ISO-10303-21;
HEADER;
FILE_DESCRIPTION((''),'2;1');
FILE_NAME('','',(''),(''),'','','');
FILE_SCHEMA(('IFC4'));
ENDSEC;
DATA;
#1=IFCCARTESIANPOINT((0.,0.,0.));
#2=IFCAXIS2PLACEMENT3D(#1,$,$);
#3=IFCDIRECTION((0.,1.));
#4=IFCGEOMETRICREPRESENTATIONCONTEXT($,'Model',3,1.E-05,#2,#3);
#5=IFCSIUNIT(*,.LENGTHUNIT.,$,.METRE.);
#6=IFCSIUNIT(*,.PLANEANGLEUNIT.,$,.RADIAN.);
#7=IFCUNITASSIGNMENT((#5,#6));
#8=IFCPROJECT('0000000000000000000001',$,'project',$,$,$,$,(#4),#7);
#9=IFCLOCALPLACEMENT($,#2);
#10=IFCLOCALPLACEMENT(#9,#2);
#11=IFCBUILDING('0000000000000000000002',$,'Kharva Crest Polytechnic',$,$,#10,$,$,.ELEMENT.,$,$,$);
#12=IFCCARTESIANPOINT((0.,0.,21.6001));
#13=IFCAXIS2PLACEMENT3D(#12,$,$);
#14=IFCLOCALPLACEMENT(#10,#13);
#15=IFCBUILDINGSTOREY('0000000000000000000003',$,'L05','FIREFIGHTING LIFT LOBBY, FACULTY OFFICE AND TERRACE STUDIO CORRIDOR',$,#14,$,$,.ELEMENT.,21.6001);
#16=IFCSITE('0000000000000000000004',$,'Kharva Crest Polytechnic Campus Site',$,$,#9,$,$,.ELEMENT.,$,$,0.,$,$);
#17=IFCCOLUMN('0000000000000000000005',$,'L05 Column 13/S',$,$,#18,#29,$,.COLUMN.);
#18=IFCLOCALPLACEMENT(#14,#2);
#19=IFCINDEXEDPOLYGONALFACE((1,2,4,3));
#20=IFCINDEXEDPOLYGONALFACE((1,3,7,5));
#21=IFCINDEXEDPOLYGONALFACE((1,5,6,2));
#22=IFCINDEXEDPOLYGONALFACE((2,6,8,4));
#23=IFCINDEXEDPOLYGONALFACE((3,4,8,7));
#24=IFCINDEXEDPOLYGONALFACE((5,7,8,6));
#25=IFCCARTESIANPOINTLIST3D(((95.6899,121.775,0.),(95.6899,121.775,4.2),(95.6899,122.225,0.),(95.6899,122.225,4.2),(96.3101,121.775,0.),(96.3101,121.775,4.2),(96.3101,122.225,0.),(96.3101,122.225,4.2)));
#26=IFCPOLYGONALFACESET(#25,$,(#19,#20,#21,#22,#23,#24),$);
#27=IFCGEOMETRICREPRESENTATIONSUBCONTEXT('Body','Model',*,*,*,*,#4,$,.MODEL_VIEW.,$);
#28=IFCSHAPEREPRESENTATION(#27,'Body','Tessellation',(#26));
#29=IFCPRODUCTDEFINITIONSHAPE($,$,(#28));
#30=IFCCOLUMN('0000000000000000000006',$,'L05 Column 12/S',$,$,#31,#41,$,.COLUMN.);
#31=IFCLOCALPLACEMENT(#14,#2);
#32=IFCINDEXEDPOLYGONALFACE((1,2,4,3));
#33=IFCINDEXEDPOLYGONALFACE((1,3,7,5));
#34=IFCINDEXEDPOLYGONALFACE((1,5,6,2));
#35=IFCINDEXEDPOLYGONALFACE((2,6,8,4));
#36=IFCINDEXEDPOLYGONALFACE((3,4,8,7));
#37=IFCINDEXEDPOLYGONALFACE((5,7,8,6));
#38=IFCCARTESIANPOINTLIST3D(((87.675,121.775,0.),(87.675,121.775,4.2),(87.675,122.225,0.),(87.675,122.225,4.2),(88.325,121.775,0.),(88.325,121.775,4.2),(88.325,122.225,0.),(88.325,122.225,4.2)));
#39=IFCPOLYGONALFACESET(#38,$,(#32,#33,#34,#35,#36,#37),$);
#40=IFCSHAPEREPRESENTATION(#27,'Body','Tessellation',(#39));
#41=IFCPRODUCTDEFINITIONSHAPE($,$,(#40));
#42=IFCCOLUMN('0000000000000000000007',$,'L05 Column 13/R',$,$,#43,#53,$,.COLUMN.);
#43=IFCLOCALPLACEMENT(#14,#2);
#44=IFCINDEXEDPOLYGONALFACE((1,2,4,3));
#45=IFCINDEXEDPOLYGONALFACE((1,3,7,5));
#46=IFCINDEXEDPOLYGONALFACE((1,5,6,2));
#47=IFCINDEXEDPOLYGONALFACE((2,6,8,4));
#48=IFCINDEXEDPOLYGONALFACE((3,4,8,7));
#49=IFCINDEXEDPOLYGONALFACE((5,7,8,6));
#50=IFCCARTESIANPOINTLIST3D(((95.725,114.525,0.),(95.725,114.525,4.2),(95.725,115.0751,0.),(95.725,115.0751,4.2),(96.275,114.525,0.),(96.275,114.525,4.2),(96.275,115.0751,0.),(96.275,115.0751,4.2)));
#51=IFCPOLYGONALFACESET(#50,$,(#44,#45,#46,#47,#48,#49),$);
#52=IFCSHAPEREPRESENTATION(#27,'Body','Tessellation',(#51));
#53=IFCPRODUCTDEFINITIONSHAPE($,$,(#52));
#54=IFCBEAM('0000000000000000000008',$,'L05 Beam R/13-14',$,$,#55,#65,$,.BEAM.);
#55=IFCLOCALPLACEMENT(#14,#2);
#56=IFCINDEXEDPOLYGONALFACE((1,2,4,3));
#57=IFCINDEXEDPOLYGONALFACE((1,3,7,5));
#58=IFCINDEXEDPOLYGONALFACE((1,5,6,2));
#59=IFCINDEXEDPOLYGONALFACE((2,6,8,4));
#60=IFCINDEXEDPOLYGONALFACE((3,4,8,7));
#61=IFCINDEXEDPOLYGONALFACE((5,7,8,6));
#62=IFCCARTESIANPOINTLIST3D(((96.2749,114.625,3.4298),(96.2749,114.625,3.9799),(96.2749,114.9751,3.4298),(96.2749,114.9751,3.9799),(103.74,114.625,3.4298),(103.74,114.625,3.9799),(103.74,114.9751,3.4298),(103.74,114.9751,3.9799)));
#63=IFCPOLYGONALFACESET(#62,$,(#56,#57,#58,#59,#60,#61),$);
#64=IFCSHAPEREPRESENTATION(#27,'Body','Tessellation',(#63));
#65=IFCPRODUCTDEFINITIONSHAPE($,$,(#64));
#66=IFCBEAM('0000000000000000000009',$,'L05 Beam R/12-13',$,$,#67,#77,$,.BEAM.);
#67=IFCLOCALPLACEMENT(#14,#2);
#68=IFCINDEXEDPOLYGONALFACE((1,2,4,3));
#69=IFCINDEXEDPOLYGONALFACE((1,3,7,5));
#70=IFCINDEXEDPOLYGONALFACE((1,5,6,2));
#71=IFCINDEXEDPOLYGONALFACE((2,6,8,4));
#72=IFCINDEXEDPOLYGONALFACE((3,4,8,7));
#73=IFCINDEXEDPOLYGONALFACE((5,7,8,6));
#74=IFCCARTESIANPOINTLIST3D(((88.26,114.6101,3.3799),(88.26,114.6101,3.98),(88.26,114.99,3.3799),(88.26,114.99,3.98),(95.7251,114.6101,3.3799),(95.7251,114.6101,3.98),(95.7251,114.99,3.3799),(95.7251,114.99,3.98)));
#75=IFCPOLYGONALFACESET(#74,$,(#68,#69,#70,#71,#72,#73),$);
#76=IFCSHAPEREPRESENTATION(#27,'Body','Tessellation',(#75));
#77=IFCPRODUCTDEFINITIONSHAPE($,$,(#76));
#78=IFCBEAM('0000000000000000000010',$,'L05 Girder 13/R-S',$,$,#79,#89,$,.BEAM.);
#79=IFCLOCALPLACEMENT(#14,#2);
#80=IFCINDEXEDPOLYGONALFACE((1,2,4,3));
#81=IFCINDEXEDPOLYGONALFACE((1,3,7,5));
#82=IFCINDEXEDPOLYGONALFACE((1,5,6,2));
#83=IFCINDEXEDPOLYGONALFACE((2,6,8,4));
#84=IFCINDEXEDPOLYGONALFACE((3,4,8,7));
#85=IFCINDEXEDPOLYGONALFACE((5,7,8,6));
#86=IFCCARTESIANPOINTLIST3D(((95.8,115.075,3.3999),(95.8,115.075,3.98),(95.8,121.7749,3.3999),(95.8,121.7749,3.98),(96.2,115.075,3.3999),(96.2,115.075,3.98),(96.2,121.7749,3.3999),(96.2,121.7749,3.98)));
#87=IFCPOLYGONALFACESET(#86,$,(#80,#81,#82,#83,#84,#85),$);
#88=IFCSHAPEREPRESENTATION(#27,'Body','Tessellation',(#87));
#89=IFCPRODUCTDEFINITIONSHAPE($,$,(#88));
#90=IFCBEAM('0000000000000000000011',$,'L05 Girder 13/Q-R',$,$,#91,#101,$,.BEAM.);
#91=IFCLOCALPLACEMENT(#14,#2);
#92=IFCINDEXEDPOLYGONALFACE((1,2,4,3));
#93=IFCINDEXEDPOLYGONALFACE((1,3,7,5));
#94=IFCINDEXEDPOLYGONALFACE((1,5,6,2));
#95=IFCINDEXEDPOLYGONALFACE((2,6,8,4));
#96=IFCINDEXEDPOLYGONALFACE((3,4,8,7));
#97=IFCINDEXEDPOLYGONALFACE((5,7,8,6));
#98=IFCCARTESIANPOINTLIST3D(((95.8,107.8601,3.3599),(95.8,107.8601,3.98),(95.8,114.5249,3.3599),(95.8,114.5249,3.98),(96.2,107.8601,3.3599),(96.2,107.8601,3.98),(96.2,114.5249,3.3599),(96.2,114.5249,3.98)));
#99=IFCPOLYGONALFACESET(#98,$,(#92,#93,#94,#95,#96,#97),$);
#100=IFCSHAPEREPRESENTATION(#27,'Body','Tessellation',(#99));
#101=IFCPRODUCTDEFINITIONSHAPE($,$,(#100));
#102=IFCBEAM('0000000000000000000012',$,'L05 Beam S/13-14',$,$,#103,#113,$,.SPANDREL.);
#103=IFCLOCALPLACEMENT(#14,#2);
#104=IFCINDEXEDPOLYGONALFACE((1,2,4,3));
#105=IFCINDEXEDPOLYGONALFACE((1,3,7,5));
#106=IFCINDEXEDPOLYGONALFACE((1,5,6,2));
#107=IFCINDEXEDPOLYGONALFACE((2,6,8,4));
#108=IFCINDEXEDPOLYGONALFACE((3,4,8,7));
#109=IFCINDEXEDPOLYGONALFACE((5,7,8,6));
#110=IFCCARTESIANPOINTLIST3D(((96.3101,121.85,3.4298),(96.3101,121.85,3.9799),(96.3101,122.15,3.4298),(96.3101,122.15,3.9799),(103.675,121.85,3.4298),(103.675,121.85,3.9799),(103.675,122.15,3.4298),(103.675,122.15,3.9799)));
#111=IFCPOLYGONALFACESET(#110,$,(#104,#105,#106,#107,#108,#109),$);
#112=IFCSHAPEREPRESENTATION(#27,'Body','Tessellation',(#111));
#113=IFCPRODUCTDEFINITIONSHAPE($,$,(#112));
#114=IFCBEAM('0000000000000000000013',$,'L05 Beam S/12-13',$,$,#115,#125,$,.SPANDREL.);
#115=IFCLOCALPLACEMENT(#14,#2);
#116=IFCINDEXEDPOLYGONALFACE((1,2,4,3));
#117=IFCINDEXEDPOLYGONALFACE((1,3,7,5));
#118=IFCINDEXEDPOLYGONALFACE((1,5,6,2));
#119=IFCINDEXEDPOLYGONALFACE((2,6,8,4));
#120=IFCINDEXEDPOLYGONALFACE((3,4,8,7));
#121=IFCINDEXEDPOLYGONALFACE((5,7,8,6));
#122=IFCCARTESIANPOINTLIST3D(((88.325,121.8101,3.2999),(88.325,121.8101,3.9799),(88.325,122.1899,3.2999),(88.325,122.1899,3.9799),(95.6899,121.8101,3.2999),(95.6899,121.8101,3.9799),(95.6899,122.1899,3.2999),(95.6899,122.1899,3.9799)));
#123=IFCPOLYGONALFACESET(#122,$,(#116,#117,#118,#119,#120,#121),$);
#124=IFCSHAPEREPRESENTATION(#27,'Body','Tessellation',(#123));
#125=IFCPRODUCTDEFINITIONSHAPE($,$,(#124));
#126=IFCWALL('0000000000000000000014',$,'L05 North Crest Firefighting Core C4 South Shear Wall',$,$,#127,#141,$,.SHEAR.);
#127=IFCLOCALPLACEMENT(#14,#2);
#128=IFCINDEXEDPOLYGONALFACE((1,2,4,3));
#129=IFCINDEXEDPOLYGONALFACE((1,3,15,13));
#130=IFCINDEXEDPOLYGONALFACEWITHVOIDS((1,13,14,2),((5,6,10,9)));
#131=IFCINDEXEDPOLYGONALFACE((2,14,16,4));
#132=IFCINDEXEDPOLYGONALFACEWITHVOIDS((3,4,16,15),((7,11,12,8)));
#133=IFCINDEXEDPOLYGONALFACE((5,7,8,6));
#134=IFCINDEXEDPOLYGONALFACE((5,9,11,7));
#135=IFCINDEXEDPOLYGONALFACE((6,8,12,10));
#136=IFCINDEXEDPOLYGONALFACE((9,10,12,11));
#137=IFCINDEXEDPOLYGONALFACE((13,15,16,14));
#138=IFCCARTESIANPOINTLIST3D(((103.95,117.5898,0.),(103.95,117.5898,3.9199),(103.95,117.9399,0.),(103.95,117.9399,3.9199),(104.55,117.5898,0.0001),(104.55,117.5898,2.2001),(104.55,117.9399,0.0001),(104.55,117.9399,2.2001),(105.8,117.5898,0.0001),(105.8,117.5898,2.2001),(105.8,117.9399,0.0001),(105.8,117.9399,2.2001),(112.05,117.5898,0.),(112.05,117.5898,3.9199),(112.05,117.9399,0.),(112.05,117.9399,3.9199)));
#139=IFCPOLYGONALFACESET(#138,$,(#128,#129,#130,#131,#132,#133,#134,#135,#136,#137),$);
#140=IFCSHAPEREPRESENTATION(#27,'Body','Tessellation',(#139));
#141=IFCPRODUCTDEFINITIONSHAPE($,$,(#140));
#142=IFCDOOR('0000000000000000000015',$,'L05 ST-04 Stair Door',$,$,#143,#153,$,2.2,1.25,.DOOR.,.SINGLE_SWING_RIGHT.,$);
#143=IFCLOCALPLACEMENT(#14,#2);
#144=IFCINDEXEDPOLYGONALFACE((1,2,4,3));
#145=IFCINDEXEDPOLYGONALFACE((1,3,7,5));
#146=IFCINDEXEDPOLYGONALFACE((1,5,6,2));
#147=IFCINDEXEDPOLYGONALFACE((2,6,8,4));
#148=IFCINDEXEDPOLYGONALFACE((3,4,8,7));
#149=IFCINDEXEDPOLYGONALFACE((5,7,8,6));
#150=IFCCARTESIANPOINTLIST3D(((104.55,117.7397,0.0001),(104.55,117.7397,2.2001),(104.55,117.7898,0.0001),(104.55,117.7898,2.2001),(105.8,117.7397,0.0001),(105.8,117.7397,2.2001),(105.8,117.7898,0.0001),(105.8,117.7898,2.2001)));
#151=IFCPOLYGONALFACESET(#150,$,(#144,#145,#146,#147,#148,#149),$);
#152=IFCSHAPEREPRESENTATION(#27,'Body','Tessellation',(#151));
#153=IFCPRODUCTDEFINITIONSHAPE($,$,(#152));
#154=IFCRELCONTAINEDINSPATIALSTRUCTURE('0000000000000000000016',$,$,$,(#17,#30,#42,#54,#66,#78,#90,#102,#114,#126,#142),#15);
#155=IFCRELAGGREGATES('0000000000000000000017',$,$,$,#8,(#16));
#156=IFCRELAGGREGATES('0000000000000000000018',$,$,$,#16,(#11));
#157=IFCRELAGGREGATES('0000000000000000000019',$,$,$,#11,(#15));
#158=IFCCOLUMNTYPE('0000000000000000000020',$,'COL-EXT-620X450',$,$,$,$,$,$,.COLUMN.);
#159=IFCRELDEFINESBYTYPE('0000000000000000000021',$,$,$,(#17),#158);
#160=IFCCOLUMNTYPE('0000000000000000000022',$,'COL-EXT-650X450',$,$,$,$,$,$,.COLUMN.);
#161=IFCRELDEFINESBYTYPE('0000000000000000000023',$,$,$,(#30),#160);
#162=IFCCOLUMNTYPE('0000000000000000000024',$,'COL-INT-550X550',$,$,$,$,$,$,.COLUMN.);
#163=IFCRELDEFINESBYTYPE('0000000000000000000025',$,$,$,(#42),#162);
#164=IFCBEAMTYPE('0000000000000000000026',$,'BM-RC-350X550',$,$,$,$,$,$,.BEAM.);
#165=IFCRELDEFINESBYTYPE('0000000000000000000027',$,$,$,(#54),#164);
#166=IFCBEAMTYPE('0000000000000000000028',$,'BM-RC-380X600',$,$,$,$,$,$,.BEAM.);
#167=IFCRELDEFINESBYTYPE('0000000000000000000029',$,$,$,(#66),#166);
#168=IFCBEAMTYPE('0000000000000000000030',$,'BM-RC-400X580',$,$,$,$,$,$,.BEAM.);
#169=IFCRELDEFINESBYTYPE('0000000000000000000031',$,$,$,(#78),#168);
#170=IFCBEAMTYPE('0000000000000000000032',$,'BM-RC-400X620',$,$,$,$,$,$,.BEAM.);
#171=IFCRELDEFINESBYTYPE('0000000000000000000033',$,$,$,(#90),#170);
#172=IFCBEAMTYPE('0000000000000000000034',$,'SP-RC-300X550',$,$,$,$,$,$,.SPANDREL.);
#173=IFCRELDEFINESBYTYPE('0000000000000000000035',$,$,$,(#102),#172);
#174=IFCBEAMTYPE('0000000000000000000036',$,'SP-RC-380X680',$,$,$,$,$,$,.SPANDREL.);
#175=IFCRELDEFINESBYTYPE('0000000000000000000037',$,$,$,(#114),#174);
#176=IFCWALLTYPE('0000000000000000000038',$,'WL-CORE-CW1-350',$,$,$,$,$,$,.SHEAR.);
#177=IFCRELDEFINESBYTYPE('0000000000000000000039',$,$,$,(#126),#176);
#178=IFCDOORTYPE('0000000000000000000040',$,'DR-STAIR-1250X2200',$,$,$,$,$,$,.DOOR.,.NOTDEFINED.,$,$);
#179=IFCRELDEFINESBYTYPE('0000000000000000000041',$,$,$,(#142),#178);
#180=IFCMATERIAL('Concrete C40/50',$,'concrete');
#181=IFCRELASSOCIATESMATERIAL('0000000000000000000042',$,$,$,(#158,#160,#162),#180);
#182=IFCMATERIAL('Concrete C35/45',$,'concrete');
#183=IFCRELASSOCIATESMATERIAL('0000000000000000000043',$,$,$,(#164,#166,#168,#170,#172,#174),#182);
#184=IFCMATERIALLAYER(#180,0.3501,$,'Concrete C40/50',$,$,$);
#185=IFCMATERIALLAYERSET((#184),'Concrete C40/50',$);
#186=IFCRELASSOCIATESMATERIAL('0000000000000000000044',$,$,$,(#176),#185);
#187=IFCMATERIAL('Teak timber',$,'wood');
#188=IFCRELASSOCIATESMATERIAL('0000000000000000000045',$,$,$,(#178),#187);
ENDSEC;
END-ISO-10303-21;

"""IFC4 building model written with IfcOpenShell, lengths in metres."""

from ifc_helpers import new_model, si_unit, direction, frame, frame_2d, origin, origin_2d, place, context, subcontext, project, spatial, rectangle, extrude, material, layer, layer_set, material_profile, profile_set, type_object, element, fill, save


model = new_model("IFC4")

# Units and contexts
model_context = context("Model", 3, precision=1e-05, world=origin(), true_north=direction((0.0, 1.0)))
body_context = subcontext(model_context, "Body", "Model", "MODEL_VIEW")
ifc_project = project(units=[si_unit("LENGTHUNIT", "METRE"), si_unit("PLANEANGLEUNIT", "RADIAN")], contexts=[model_context])

# Site, building, storey
site_placement = place(None, origin())
site = spatial("IfcSite", under=ifc_project, at=site_placement, Name="Kharva Crest Polytechnic Campus Site", CompositionType="ELEMENT", RefElevation=0.0)
building_placement = place(site_placement, origin())
building = spatial("IfcBuilding", under=site, at=building_placement, Name="Kharva Crest Polytechnic", CompositionType="ELEMENT")
storey_placement = place(building_placement, frame((0.0, 0.0, 21.6001)))
storey = spatial("IfcBuildingStorey", under=building, at=storey_placement, Name="L05", Description="FIREFIGHTING LIFT LOBBY, FACULTY OFFICE AND TERRACE STUDIO CORRIDOR", CompositionType="ELEMENT", Elevation=21.6001)

# Columns
ifc_material_1 = material(Name="Concrete C40/50", Category="concrete")
ifc_material_profile_1 = material_profile(ifc_material_1, rectangle(XDim=0.6201, YDim=0.45, at=origin_2d()), Name="RECT 620 X 450")
ifc_profile_set_1 = profile_set([ifc_material_profile_1], Name="Concrete C40/50")
column_type_1 = type_object("IfcColumnType", Name="COL-EXT-620X450", PredefinedType="COLUMN", material=ifc_profile_set_1)
column_1_placement = place(storey_placement, frame((96.0, 122.0, 0.0), z_axis=(0.0, 0.0, 1.0), x_axis=(1.0, 0.0, 0.0)))
element("IfcColumn", 1, at=column_1_placement, inside=storey, type_object=column_type_1, Name="L05 Column 13/S", PredefinedType="COLUMN", context=body_context, shape_type="SweptSolid", body=[
    extrude(rectangle(XDim=0.6201, YDim=0.45, at=origin_2d()), origin(), (0.0, 0.0, 1.0), 4.2),
])
ifc_material_profile_2 = material_profile(ifc_material_1, rectangle(XDim=0.6499, YDim=0.45, at=origin_2d()), Name="RECT 650 X 450")
ifc_profile_set_2 = profile_set([ifc_material_profile_2], Name="Concrete C40/50")
column_type_2 = type_object("IfcColumnType", Name="COL-EXT-650X450", PredefinedType="COLUMN", material=ifc_profile_set_2)
column_2_placement = place(storey_placement, frame((88.0, 122.0, 0.0), z_axis=(0.0, 0.0, 1.0), x_axis=(1.0, 0.0, 0.0)))
element("IfcColumn", 2, at=column_2_placement, inside=storey, type_object=column_type_2, Name="L05 Column 12/S", PredefinedType="COLUMN", context=body_context, shape_type="SweptSolid", body=[
    extrude(rectangle(XDim=0.6499, YDim=0.45, at=origin_2d()), origin(), (0.0, 0.0, 1.0), 4.2),
])
ifc_material_profile_3 = material_profile(ifc_material_1, rectangle(XDim=0.55, YDim=0.55, at=origin_2d()), Name="RECT 550 X 550")
ifc_profile_set_3 = profile_set([ifc_material_profile_3], Name="Concrete C40/50")
column_type_3 = type_object("IfcColumnType", Name="COL-INT-550X550", PredefinedType="COLUMN", material=ifc_profile_set_3)
column_3_placement = place(storey_placement, frame((96.0, 114.8, 0.0), z_axis=(0.0, 0.0, 1.0), x_axis=(1.0, 0.0, 0.0)))
element("IfcColumn", 3, at=column_3_placement, inside=storey, type_object=column_type_3, Name="L05 Column 13/R", PredefinedType="COLUMN", context=body_context, shape_type="SweptSolid", body=[
    extrude(rectangle(XDim=0.55, YDim=0.55, at=origin_2d()), origin(), (0.0, 0.0, 1.0), 4.2),
])

# Beams
ifc_material_2 = material(Name="Concrete C35/45", Category="concrete")
ifc_material_profile_4 = material_profile(ifc_material_2, rectangle(XDim=0.3501, YDim=0.55, at=origin_2d()), Name="RECT 350 X 550")
ifc_profile_set_4 = profile_set([ifc_material_profile_4], Name="Concrete C35/45")
beam_type_1 = type_object("IfcBeamType", Name="BM-RC-350X550", PredefinedType="BEAM", material=ifc_profile_set_4)
beam_1_placement = place(storey_placement, frame((96.2749, 114.8, 3.7048), z_axis=(1.0, 0.0, 0.0), x_axis=(0.0, 1.0, 0.0)))
element("IfcBeam", 4, at=beam_1_placement, inside=storey, type_object=beam_type_1, Name="L05 Beam R/13-14", PredefinedType="BEAM", context=body_context, shape_type="SweptSolid", body=[
    extrude(rectangle(XDim=0.3501, YDim=0.55, at=origin_2d()), origin(), (0.0, 0.0, 1.0), 7.4651),
])
ifc_material_profile_5 = material_profile(ifc_material_2, rectangle(XDim=0.3799, YDim=0.6001, at=origin_2d()), Name="RECT 380 X 600")
ifc_profile_set_5 = profile_set([ifc_material_profile_5], Name="Concrete C35/45")
beam_type_2 = type_object("IfcBeamType", Name="BM-RC-380X600", PredefinedType="BEAM", material=ifc_profile_set_5)
beam_2_placement = place(storey_placement, frame((88.26, 114.8, 3.6799), z_axis=(1.0, 0.0, 0.0), x_axis=(0.0, 1.0, 0.0)))
element("IfcBeam", 5, at=beam_2_placement, inside=storey, type_object=beam_type_2, Name="L05 Beam R/12-13", PredefinedType="BEAM", context=body_context, shape_type="SweptSolid", body=[
    extrude(rectangle(XDim=0.3799, YDim=0.6001, at=origin_2d()), origin(), (0.0, 0.0, 1.0), 7.4651),
])
ifc_material_profile_6 = material_profile(ifc_material_2, rectangle(XDim=0.3999, YDim=0.5801, at=origin_2d()), Name="RECT 400 X 580")
ifc_profile_set_6 = profile_set([ifc_material_profile_6], Name="Concrete C35/45")
beam_type_3 = type_object("IfcBeamType", Name="BM-RC-400X580", PredefinedType="BEAM", material=ifc_profile_set_6)
beam_3_placement = place(storey_placement, frame((96.0, 115.075, 3.6899), z_axis=(0.0, 1.0, 0.0), x_axis=(-1.0, 0.0, 0.0)))
element("IfcBeam", 6, at=beam_3_placement, inside=storey, type_object=beam_type_3, Name="L05 Girder 13/R-S", PredefinedType="BEAM", context=body_context, shape_type="SweptSolid", body=[
    extrude(rectangle(XDim=0.3999, YDim=0.5801, at=origin_2d()), origin(), (0.0, 0.0, 1.0), 6.7),
])
ifc_material_profile_7 = material_profile(ifc_material_2, rectangle(XDim=0.3999, YDim=0.6201, at=origin_2d()), Name="RECT 400 X 620")
ifc_profile_set_7 = profile_set([ifc_material_profile_7], Name="Concrete C35/45")
beam_type_4 = type_object("IfcBeamType", Name="BM-RC-400X620", PredefinedType="BEAM", material=ifc_profile_set_7)
beam_4_placement = place(storey_placement, frame((96.0, 107.8601, 3.6699), z_axis=(0.0, 1.0, 0.0), x_axis=(-1.0, 0.0, 0.0)))
element("IfcBeam", 7, at=beam_4_placement, inside=storey, type_object=beam_type_4, Name="L05 Girder 13/Q-R", PredefinedType="BEAM", context=body_context, shape_type="SweptSolid", body=[
    extrude(rectangle(XDim=0.3999, YDim=0.6201, at=origin_2d()), origin(), (0.0, 0.0, 1.0), 6.6648),
])
ifc_material_profile_8 = material_profile(ifc_material_2, rectangle(XDim=0.3, YDim=0.55, at=origin_2d()), Name="RECT 300 X 550")
ifc_profile_set_8 = profile_set([ifc_material_profile_8], Name="Concrete C35/45")
beam_type_5 = type_object("IfcBeamType", Name="SP-RC-300X550", PredefinedType="SPANDREL", material=ifc_profile_set_8)
beam_5_placement = place(storey_placement, frame((96.3101, 122.0, 3.7048), z_axis=(1.0, 0.0, 0.0), x_axis=(0.0, 1.0, 0.0)))
element("IfcBeam", 8, at=beam_5_placement, inside=storey, type_object=beam_type_5, Name="L05 Beam S/13-14", PredefinedType="SPANDREL", context=body_context, shape_type="SweptSolid", body=[
    extrude(rectangle(XDim=0.3, YDim=0.55, at=origin_2d()), origin(), (0.0, 0.0, 1.0), 7.365),
])
ifc_material_profile_9 = material_profile(ifc_material_2, rectangle(XDim=0.3799, YDim=0.6799, at=origin_2d()), Name="RECT 380 X 680")
ifc_profile_set_9 = profile_set([ifc_material_profile_9], Name="Concrete C35/45")
beam_type_6 = type_object("IfcBeamType", Name="SP-RC-380X680", PredefinedType="SPANDREL", material=ifc_profile_set_9)
beam_6_placement = place(storey_placement, frame((88.325, 122.0, 3.6399), z_axis=(1.0, 0.0, 0.0), x_axis=(0.0, 1.0, 0.0)))
element("IfcBeam", 9, at=beam_6_placement, inside=storey, type_object=beam_type_6, Name="L05 Beam S/12-13", PredefinedType="SPANDREL", context=body_context, shape_type="SweptSolid", body=[
    extrude(rectangle(XDim=0.3799, YDim=0.6799, at=origin_2d()), origin(), (0.0, 0.0, 1.0), 7.365),
])

# Wall, opening, door
ifc_layer_1 = layer(ifc_material_1, 0.3501, Name="Concrete C40/50")
ifc_layer_set_1 = layer_set([ifc_layer_1], Name="Concrete C40/50")
wall_type_1 = type_object("IfcWallType", Name="WL-CORE-CW1-350", PredefinedType="SHEAR", material=ifc_layer_set_1)
wall_1_placement = place(storey_placement, frame((103.95, 117.7649, 0.0), z_axis=(0.0, 0.0, 1.0), x_axis=(1.0, 0.0, 0.0)))
wall_1 = element("IfcWall", 10, at=wall_1_placement, inside=storey, type_object=wall_type_1, Name="L05 North Crest Firefighting Core C4 South Shear Wall", PredefinedType="SHEAR", context=body_context, shape_type="SweptSolid", body=[
    extrude(rectangle(XDim=8.1001, YDim=0.3501, at=frame_2d((4.05, 0.0))), origin(), (0.0, 0.0, 1.0), 3.9199),
])
opening_1_placement = place(wall_1_placement, frame((0.6001, 0.0, 0.0)))
opening_1 = element("IfcOpeningElement", 11, at=opening_1_placement, cuts=wall_1, PredefinedType="OPENING", context=body_context, shape_type="SweptSolid", body=[
    extrude(rectangle(XDim=1.25, YDim=2.2, at=frame_2d((0.625, 1.1001))), frame((0.0, 0.1851, 0.0), z_axis=(0.0, -1.0, 0.0), x_axis=(1.0, 0.0, 0.0)), (0.0, 0.0, 1.0), 0.3701),
])
ifc_material_3 = material(Name="Teak timber", Category="wood")
door_type_1 = type_object("IfcDoorType", Name="DR-STAIR-1250X2200", OperationType="NOTDEFINED", PredefinedType="DOOR", material=ifc_material_3)
door_1_placement = place(opening_1_placement, origin())
door_1 = element("IfcDoor", 12, at=door_1_placement, inside=storey, type_object=door_type_1, Name="L05 ST-04 Stair Door", OperationType="SINGLE_SWING_RIGHT", OverallHeight=2.2, OverallWidth=1.25, PredefinedType="DOOR", context=body_context, shape_type="SweptSolid", body=[
    extrude(rectangle(XDim=1.25, YDim=2.2, at=frame_2d((0.625, 1.1001))), frame((0.0, 0.0249, 0.0), z_axis=(0.0, -1.0, 0.0), x_axis=(1.0, 0.0, 0.0)), (0.0, 0.0, 1.0), 0.05),
])
fill(opening_1, door_1)

save(model, "model.ifc")
